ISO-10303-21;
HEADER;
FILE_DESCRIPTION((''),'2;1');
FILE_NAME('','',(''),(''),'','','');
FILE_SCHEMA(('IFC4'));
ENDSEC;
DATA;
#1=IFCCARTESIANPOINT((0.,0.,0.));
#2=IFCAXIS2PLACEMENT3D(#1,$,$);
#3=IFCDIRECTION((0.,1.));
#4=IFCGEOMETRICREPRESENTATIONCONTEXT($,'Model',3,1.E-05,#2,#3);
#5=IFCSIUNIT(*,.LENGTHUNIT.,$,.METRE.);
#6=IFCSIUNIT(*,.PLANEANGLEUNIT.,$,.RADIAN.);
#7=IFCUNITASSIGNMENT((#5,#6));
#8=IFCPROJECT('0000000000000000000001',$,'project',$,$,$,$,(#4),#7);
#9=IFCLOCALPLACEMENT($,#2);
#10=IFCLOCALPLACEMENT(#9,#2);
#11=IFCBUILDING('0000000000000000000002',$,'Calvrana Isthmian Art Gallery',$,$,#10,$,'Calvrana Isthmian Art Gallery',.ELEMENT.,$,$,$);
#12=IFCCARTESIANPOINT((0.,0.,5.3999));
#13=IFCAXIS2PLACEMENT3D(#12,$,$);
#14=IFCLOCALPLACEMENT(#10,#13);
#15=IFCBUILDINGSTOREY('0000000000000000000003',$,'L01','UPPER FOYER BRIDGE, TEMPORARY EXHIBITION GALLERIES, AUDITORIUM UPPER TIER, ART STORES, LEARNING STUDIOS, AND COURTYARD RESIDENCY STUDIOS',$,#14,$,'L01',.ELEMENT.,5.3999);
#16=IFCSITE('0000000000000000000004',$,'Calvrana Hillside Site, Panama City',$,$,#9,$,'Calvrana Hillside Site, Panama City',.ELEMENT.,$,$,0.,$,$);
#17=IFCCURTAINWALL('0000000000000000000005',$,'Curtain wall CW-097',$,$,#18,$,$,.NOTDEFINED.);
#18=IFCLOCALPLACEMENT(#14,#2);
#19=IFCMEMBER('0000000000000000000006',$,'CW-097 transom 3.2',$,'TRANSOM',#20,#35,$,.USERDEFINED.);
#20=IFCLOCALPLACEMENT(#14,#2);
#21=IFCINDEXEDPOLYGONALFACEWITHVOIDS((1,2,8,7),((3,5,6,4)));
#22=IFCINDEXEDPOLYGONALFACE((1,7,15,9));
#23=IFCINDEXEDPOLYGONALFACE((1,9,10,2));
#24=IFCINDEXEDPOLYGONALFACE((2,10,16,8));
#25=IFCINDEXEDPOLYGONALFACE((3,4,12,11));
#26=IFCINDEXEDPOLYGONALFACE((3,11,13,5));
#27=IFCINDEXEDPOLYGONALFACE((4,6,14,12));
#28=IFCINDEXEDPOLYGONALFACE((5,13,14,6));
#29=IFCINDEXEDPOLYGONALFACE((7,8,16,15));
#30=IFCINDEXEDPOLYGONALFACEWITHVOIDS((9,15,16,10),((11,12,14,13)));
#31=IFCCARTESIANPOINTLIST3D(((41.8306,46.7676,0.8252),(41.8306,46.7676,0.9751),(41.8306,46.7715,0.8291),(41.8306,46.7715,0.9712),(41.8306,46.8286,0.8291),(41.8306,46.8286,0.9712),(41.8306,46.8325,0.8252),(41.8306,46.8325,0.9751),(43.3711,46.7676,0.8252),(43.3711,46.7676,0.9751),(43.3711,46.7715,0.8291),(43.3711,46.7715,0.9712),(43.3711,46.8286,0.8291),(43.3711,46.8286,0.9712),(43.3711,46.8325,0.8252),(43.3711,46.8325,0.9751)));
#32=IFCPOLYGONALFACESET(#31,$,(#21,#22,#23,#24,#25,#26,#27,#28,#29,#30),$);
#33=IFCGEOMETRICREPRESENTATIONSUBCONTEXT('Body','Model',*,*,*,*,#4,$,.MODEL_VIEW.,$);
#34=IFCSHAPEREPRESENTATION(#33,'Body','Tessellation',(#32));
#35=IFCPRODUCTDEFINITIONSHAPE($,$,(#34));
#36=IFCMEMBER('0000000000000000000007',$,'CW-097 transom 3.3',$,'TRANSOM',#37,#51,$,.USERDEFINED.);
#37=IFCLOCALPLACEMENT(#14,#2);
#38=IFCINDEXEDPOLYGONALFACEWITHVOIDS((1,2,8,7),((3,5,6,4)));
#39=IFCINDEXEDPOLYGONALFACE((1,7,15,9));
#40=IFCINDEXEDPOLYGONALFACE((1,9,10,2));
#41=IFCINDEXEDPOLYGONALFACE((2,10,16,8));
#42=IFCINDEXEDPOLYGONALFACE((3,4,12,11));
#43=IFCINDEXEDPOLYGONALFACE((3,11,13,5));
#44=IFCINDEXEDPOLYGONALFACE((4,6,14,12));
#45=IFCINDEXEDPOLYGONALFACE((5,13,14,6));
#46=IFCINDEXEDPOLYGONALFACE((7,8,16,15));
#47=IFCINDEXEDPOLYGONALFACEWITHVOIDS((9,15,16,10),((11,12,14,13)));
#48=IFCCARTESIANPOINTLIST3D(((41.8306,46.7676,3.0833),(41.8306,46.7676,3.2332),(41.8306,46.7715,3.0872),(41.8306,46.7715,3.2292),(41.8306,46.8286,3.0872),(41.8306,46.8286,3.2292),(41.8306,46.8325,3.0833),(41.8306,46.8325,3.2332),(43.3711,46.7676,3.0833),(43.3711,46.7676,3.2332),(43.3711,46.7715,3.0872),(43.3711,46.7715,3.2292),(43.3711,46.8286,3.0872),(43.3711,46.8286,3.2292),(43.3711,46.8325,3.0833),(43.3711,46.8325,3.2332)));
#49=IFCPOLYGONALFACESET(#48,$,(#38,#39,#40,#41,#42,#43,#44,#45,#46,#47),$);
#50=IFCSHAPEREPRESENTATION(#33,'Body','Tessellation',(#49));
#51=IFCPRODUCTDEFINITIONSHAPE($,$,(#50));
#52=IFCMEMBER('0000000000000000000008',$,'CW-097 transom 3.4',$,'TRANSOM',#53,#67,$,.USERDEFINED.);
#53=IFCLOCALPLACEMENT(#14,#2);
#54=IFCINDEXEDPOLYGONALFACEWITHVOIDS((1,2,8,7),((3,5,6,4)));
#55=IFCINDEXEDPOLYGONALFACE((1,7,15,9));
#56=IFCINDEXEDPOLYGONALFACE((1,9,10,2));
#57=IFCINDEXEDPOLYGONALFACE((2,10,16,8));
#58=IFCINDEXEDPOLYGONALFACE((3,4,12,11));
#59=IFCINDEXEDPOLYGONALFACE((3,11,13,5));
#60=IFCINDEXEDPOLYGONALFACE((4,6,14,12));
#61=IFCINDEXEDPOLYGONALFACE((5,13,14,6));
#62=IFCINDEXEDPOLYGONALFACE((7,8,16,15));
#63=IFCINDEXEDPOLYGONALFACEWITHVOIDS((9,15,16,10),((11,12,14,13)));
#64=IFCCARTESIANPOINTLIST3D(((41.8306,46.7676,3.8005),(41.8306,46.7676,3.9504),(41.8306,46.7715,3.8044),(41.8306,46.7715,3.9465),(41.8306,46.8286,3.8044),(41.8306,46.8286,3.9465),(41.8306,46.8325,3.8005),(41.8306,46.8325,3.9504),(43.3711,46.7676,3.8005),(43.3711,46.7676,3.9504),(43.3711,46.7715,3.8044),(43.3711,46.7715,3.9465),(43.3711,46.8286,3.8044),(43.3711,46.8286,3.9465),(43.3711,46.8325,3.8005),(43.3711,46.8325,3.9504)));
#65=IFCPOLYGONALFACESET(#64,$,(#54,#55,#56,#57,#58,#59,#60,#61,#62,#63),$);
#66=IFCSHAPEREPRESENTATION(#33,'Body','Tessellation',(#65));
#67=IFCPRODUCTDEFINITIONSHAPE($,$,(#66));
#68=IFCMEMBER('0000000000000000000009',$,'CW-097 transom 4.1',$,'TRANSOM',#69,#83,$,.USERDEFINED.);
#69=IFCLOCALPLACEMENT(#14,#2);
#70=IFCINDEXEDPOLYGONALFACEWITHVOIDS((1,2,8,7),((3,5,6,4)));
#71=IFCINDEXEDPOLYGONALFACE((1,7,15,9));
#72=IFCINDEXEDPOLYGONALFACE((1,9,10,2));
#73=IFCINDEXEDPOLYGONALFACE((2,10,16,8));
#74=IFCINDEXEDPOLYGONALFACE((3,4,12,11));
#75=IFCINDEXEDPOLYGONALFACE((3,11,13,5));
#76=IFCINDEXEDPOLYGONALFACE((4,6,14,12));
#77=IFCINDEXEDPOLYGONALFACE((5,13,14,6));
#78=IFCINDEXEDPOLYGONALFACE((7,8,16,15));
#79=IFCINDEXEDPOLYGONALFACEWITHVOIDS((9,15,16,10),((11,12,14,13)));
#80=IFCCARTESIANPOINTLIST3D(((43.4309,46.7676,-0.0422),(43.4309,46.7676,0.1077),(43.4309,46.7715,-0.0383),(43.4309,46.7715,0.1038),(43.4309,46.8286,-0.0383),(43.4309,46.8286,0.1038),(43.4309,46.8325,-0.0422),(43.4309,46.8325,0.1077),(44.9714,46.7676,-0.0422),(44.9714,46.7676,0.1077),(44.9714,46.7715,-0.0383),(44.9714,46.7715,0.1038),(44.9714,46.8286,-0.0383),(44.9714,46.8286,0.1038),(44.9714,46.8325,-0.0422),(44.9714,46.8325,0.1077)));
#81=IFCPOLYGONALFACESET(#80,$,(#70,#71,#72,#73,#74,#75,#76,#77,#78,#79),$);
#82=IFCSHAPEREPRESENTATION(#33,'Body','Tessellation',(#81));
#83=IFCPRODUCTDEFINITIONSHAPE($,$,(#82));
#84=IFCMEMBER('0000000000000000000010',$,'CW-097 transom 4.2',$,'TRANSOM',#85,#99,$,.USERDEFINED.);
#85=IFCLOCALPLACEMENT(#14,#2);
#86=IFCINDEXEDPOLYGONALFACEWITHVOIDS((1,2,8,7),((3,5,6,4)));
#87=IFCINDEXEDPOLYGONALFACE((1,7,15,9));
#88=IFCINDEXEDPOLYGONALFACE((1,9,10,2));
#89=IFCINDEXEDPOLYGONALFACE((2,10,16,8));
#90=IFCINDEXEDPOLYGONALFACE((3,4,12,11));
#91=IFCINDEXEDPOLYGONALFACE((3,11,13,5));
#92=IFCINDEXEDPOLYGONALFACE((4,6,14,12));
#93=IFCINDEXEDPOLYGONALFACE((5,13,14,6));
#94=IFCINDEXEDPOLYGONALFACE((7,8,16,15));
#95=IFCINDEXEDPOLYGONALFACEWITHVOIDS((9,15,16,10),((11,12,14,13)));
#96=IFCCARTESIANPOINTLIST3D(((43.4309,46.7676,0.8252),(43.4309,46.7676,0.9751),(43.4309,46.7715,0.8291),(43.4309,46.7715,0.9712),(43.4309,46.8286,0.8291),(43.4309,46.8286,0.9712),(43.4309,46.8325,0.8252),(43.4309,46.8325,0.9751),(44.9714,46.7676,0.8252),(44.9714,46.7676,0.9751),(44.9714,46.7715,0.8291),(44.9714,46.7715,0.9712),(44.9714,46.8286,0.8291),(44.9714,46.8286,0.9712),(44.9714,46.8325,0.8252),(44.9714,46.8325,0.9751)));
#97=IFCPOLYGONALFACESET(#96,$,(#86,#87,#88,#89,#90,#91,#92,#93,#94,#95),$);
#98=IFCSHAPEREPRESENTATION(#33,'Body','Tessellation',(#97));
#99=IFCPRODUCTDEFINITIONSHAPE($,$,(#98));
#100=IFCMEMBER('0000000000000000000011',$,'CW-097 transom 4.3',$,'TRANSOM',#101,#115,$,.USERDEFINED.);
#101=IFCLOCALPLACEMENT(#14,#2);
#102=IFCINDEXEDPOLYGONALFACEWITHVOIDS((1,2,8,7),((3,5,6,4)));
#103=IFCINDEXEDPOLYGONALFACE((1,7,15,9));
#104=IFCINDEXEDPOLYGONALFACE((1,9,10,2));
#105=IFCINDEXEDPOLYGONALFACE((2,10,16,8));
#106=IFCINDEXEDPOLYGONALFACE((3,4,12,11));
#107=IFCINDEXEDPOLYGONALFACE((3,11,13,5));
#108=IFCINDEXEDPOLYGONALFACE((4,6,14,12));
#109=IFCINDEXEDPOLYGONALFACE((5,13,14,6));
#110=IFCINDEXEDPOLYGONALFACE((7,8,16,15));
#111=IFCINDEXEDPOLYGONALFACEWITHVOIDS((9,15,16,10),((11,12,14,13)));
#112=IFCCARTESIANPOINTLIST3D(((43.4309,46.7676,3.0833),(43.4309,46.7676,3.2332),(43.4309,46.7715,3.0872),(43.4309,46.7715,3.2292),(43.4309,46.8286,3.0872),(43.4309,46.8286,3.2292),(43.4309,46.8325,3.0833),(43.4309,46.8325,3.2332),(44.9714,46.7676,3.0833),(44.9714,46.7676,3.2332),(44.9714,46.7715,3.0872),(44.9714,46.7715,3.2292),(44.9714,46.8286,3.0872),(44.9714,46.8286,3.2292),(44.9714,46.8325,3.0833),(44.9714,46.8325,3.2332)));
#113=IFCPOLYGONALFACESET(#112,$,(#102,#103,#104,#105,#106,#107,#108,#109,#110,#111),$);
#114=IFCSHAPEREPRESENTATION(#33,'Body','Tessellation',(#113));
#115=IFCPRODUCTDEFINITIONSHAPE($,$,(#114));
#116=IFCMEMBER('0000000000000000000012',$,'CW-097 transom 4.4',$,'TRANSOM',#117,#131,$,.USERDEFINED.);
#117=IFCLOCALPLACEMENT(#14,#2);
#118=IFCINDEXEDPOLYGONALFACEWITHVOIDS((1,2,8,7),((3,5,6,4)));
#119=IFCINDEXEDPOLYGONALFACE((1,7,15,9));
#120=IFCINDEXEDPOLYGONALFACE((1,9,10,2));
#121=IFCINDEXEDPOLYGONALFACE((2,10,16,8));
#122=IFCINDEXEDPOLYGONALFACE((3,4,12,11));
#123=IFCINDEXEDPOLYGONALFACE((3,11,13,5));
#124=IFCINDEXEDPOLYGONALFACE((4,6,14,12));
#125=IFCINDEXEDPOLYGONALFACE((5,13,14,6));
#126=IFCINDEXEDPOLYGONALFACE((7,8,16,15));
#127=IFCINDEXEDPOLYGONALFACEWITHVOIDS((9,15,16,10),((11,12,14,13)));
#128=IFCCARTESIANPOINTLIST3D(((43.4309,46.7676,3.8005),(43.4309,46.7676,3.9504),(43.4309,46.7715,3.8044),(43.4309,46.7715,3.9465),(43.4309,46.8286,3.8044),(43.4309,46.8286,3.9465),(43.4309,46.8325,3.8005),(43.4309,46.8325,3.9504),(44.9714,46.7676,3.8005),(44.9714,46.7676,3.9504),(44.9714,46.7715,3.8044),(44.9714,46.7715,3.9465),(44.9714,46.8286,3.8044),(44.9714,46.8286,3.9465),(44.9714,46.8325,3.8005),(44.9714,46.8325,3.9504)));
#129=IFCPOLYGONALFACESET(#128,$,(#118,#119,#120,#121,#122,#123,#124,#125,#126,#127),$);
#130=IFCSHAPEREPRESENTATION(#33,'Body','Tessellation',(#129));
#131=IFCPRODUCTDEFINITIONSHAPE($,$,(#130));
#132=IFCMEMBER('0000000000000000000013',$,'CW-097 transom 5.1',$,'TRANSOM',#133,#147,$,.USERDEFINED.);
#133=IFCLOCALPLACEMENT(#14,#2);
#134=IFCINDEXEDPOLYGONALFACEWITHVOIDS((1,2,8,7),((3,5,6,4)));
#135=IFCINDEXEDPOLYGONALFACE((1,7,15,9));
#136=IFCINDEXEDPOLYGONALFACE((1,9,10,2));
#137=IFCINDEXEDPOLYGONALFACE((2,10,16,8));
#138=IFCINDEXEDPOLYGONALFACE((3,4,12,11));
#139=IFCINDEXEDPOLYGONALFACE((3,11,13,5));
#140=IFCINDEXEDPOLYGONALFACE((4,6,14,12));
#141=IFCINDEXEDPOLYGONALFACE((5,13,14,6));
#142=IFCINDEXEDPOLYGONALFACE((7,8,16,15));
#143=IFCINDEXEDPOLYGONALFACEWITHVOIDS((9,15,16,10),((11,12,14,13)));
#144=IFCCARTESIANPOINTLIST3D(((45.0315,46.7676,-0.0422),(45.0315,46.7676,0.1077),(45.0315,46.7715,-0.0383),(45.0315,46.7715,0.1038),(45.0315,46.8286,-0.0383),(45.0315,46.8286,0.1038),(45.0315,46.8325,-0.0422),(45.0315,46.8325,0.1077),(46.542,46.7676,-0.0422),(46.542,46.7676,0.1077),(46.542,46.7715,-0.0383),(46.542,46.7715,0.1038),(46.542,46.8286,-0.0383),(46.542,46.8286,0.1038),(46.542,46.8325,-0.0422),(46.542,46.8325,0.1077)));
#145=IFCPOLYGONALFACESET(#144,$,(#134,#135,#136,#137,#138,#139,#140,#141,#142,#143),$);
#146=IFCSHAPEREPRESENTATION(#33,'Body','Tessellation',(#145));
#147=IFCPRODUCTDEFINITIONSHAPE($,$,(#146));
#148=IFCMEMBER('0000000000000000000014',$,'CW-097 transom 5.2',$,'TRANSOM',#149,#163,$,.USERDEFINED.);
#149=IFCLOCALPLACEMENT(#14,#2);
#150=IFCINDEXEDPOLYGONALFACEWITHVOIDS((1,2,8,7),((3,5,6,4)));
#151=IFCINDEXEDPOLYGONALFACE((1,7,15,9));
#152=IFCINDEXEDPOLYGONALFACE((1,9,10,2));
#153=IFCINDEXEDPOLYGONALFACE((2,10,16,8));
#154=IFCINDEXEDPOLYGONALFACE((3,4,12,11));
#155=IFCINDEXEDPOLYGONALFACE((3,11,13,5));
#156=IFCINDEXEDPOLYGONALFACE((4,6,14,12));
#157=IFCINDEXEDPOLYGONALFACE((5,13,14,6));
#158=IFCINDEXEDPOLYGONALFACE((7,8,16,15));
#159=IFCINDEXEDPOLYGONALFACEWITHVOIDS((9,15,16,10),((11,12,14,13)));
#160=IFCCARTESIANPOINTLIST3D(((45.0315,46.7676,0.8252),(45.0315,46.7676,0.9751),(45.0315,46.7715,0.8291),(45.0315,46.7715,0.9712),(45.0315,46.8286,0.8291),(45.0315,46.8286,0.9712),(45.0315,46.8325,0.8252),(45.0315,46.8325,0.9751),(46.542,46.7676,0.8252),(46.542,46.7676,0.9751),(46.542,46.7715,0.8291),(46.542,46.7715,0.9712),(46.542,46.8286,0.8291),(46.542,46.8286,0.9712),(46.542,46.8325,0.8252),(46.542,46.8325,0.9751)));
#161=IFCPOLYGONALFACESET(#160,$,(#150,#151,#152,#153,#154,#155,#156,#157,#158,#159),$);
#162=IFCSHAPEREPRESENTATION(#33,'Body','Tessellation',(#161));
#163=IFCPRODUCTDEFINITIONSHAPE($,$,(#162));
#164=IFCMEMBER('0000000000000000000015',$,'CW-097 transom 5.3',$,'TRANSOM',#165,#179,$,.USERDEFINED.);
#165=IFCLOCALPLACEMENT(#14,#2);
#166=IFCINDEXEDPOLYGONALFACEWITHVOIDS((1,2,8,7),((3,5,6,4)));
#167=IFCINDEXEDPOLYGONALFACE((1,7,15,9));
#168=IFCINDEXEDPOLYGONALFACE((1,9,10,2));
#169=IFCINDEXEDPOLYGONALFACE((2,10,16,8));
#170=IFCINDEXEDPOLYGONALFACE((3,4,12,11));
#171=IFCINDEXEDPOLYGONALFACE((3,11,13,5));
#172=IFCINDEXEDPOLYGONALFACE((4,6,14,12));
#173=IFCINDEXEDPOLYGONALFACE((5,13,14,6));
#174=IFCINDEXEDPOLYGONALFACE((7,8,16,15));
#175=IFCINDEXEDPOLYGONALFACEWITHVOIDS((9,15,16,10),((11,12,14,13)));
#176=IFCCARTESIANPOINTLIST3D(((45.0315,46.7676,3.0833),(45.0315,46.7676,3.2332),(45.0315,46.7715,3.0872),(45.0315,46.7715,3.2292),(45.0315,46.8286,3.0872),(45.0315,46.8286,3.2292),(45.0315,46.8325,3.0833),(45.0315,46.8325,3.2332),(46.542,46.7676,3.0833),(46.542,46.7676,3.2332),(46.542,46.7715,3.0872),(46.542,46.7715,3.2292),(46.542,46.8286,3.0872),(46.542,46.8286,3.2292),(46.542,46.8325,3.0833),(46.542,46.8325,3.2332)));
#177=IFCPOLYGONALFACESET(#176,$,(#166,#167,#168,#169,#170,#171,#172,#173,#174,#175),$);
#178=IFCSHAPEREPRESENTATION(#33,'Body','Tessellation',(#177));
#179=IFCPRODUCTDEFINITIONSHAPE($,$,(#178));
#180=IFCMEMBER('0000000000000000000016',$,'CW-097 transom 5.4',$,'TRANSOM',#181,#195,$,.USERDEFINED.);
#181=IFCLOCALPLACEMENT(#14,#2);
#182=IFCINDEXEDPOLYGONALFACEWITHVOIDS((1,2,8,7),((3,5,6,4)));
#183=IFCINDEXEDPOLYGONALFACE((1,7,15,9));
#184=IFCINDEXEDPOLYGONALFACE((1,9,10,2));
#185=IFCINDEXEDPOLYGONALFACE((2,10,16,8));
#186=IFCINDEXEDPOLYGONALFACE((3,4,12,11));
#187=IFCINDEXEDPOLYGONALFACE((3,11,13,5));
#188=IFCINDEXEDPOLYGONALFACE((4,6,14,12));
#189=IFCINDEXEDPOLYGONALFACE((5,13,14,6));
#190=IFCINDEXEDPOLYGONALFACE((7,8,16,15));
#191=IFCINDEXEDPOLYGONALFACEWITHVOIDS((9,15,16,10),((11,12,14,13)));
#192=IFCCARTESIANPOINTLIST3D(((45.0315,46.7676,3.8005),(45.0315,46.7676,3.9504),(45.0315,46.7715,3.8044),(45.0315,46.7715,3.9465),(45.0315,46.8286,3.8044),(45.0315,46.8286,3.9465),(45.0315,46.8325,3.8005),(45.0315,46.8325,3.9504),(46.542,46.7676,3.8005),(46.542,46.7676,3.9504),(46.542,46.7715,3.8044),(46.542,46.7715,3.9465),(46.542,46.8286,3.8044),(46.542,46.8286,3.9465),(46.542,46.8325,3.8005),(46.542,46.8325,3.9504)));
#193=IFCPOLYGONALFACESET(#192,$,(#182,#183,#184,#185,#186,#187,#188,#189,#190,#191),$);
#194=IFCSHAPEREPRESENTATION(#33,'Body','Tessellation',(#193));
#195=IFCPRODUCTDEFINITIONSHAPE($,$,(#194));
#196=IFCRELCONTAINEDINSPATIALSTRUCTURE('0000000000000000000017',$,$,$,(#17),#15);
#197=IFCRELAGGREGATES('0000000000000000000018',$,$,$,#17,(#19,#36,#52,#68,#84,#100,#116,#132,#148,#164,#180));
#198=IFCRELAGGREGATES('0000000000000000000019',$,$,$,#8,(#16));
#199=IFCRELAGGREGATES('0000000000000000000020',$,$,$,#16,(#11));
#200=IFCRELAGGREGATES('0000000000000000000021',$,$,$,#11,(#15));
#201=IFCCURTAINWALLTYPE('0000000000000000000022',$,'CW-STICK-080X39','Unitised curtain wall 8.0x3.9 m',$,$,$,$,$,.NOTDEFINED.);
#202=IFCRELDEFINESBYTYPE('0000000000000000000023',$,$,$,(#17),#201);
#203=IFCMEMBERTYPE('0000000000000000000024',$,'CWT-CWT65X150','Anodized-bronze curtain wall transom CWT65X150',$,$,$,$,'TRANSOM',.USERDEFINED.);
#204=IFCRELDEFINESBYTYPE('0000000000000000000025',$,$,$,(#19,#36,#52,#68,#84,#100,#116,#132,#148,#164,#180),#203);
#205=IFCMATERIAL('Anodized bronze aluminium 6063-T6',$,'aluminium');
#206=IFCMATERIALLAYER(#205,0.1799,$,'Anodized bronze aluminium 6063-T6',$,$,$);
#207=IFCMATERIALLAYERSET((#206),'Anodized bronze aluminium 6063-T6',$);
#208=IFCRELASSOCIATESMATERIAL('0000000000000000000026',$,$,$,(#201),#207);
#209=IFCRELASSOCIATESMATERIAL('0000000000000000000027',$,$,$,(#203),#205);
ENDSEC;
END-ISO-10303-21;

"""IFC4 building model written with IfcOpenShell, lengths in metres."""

from ifc_helpers import new_model, si_unit, direction, frame, origin, origin_2d, place, context, subcontext, project, spatial, hollow_rectangle, extrude, material, layer, layer_set, material_profile, profile_set, type_object, element, aggregate, save


model = new_model("IFC4")

# Units and contexts
model_context = context("Model", 3, precision=1e-05, world=origin(), true_north=direction((0.0, 1.0)))
body_context = subcontext(model_context, "Body", "Model", "MODEL_VIEW")
ifc_project = project(units=[si_unit("LENGTHUNIT", "METRE"), si_unit("PLANEANGLEUNIT", "RADIAN")], contexts=[model_context])

# Site, building, storey
site_placement = place(None, origin())
site = spatial("IfcSite", under=ifc_project, at=site_placement, Name="Calvrana Hillside Site, Panama City", LongName="Calvrana Hillside Site, Panama City", CompositionType="ELEMENT", RefElevation=0.0)
building_placement = place(site_placement, origin())
building = spatial("IfcBuilding", under=site, at=building_placement, Name="Calvrana Isthmian Art Gallery", LongName="Calvrana Isthmian Art Gallery", CompositionType="ELEMENT")
storey_placement = place(building_placement, frame((0.0, 0.0, 5.3999)))
storey = spatial("IfcBuildingStorey", under=building, at=storey_placement, Name="L01", Description="UPPER FOYER BRIDGE, TEMPORARY EXHIBITION GALLERIES, AUDITORIUM UPPER TIER, ART STORES, LEARNING STUDIOS, AND COURTYARD RESIDENCY STUDIOS", LongName="L01", CompositionType="ELEMENT", Elevation=5.3999)

# Curtain wall, members
ifc_material_1 = material(Name="Anodized bronze aluminium 6063-T6", Category="aluminium")
ifc_layer_1 = layer(ifc_material_1, 0.1799, Name="Anodized bronze aluminium 6063-T6")
ifc_layer_set_1 = layer_set([ifc_layer_1], Name="Anodized bronze aluminium 6063-T6")
curtain_wall_type = type_object("IfcCurtainWallType", Name="CW-STICK-080X39", Description="Unitised curtain wall 8.0x3.9 m", PredefinedType="NOTDEFINED", material=ifc_layer_set_1)
curtain_wall_placement = place(storey_placement, origin())
curtain_wall = element("IfcCurtainWall", 1, at=curtain_wall_placement, inside=storey, type_object=curtain_wall_type, Name="Curtain wall CW-097", PredefinedType="NOTDEFINED")
ifc_material_profile_1 = material_profile(ifc_material_1, hollow_rectangle(XDim=0.0649, YDim=0.1499, WallThickness=0.0039, at=origin_2d()), Name="CWT65X150")
ifc_profile_set_1 = profile_set([ifc_material_profile_1], Name="Anodized bronze aluminium 6063-T6")
member_type_1 = type_object("IfcMemberType", Name="CWT-CWT65X150", Description="Anodized-bronze curtain wall transom CWT65X150", ElementType="TRANSOM", PredefinedType="USERDEFINED", material=ifc_profile_set_1)
member_1_placement = place(storey_placement, frame((41.8306, 46.8, 0.9001), z_axis=(1.0, 0.0, 0.0), x_axis=(0.0, 1.0, 0.0)))
member_1 = element("IfcMember", 2, at=member_1_placement, type_object=member_type_1, Name="CW-097 transom 3.2", ObjectType="TRANSOM", PredefinedType="USERDEFINED", context=body_context, shape_type="SweptSolid", body=[
    extrude(hollow_rectangle(XDim=0.0649, YDim=0.1499, WallThickness=0.0039, at=origin_2d()), origin(), (0.0, 0.0, 1.0), 1.5405),
])
member_2_placement = place(storey_placement, frame((41.8306, 46.8, 3.1582), z_axis=(1.0, 0.0, 0.0), x_axis=(0.0, 1.0, 0.0)))
member_2 = element("IfcMember", 3, at=member_2_placement, type_object=member_type_1, Name="CW-097 transom 3.3", ObjectType="TRANSOM", PredefinedType="USERDEFINED", context=body_context, shape_type="SweptSolid", body=[
    extrude(hollow_rectangle(XDim=0.0649, YDim=0.1499, WallThickness=0.0039, at=origin_2d()), origin(), (0.0, 0.0, 1.0), 1.5405),
])
member_3_placement = place(storey_placement, frame((41.8306, 46.8, 3.8755), z_axis=(1.0, 0.0, 0.0), x_axis=(0.0, 1.0, 0.0)))
member_3 = element("IfcMember", 4, at=member_3_placement, type_object=member_type_1, Name="CW-097 transom 3.4", ObjectType="TRANSOM", PredefinedType="USERDEFINED", context=body_context, shape_type="SweptSolid", body=[
    extrude(hollow_rectangle(XDim=0.0649, YDim=0.1499, WallThickness=0.0039, at=origin_2d()), origin(), (0.0, 0.0, 1.0), 1.5405),
])
member_4_placement = place(storey_placement, frame((43.4309, 46.8, 0.0327), z_axis=(1.0, 0.0, 0.0), x_axis=(0.0, 1.0, 0.0)))
member_4 = element("IfcMember", 5, at=member_4_placement, type_object=member_type_1, Name="CW-097 transom 4.1", ObjectType="TRANSOM", PredefinedType="USERDEFINED", context=body_context, shape_type="SweptSolid", body=[
    extrude(hollow_rectangle(XDim=0.0649, YDim=0.1499, WallThickness=0.0039, at=origin_2d()), origin(), (0.0, 0.0, 1.0), 1.5405),
])
member_5_placement = place(storey_placement, frame((43.4309, 46.8, 0.9001), z_axis=(1.0, 0.0, 0.0), x_axis=(0.0, 1.0, 0.0)))
member_5 = element("IfcMember", 6, at=member_5_placement, type_object=member_type_1, Name="CW-097 transom 4.2", ObjectType="TRANSOM", PredefinedType="USERDEFINED", context=body_context, shape_type="SweptSolid", body=[
    extrude(hollow_rectangle(XDim=0.0649, YDim=0.1499, WallThickness=0.0039, at=origin_2d()), origin(), (0.0, 0.0, 1.0), 1.5405),
])
member_6_placement = place(storey_placement, frame((43.4309, 46.8, 3.1582), z_axis=(1.0, 0.0, 0.0), x_axis=(0.0, 1.0, 0.0)))
member_6 = element("IfcMember", 7, at=member_6_placement, type_object=member_type_1, Name="CW-097 transom 4.3", ObjectType="TRANSOM", PredefinedType="USERDEFINED", context=body_context, shape_type="SweptSolid", body=[
    extrude(hollow_rectangle(XDim=0.0649, YDim=0.1499, WallThickness=0.0039, at=origin_2d()), origin(), (0.0, 0.0, 1.0), 1.5405),
])
member_7_placement = place(storey_placement, frame((43.4309, 46.8, 3.8755), z_axis=(1.0, 0.0, 0.0), x_axis=(0.0, 1.0, 0.0)))
member_7 = element("IfcMember", 8, at=member_7_placement, type_object=member_type_1, Name="CW-097 transom 4.4", ObjectType="TRANSOM", PredefinedType="USERDEFINED", context=body_context, shape_type="SweptSolid", body=[
    extrude(hollow_rectangle(XDim=0.0649, YDim=0.1499, WallThickness=0.0039, at=origin_2d()), origin(), (0.0, 0.0, 1.0), 1.5405),
])
member_8_placement = place(storey_placement, frame((45.0315, 46.8, 0.0327), z_axis=(1.0, 0.0, 0.0), x_axis=(0.0, 1.0, 0.0)))
member_8 = element("IfcMember", 9, at=member_8_placement, type_object=member_type_1, Name="CW-097 transom 5.1", ObjectType="TRANSOM", PredefinedType="USERDEFINED", context=body_context, shape_type="SweptSolid", body=[
    extrude(hollow_rectangle(XDim=0.0649, YDim=0.1499, WallThickness=0.0039, at=origin_2d()), origin(), (0.0, 0.0, 1.0), 1.5105),
])
member_9_placement = place(storey_placement, frame((45.0315, 46.8, 0.9001), z_axis=(1.0, 0.0, 0.0), x_axis=(0.0, 1.0, 0.0)))
member_9 = element("IfcMember", 10, at=member_9_placement, type_object=member_type_1, Name="CW-097 transom 5.2", ObjectType="TRANSOM", PredefinedType="USERDEFINED", context=body_context, shape_type="SweptSolid", body=[
    extrude(hollow_rectangle(XDim=0.0649, YDim=0.1499, WallThickness=0.0039, at=origin_2d()), origin(), (0.0, 0.0, 1.0), 1.5105),
])
member_10_placement = place(storey_placement, frame((45.0315, 46.8, 3.1582), z_axis=(1.0, 0.0, 0.0), x_axis=(0.0, 1.0, 0.0)))
member_10 = element("IfcMember", 11, at=member_10_placement, type_object=member_type_1, Name="CW-097 transom 5.3", ObjectType="TRANSOM", PredefinedType="USERDEFINED", context=body_context, shape_type="SweptSolid", body=[
    extrude(hollow_rectangle(XDim=0.0649, YDim=0.1499, WallThickness=0.0039, at=origin_2d()), origin(), (0.0, 0.0, 1.0), 1.5105),
])
member_11_placement = place(storey_placement, frame((45.0315, 46.8, 3.8755), z_axis=(1.0, 0.0, 0.0), x_axis=(0.0, 1.0, 0.0)))
member_11 = element("IfcMember", 12, at=member_11_placement, type_object=member_type_1, Name="CW-097 transom 5.4", ObjectType="TRANSOM", PredefinedType="USERDEFINED", context=body_context, shape_type="SweptSolid", body=[
    extrude(hollow_rectangle(XDim=0.0649, YDim=0.1499, WallThickness=0.0039, at=origin_2d()), origin(), (0.0, 0.0, 1.0), 1.5105),
])

aggregate(curtain_wall, [member_1, member_2, member_3, member_4, member_5, member_6, member_7, member_8, member_9, member_10, member_11])

save(model, "model.ifc")
